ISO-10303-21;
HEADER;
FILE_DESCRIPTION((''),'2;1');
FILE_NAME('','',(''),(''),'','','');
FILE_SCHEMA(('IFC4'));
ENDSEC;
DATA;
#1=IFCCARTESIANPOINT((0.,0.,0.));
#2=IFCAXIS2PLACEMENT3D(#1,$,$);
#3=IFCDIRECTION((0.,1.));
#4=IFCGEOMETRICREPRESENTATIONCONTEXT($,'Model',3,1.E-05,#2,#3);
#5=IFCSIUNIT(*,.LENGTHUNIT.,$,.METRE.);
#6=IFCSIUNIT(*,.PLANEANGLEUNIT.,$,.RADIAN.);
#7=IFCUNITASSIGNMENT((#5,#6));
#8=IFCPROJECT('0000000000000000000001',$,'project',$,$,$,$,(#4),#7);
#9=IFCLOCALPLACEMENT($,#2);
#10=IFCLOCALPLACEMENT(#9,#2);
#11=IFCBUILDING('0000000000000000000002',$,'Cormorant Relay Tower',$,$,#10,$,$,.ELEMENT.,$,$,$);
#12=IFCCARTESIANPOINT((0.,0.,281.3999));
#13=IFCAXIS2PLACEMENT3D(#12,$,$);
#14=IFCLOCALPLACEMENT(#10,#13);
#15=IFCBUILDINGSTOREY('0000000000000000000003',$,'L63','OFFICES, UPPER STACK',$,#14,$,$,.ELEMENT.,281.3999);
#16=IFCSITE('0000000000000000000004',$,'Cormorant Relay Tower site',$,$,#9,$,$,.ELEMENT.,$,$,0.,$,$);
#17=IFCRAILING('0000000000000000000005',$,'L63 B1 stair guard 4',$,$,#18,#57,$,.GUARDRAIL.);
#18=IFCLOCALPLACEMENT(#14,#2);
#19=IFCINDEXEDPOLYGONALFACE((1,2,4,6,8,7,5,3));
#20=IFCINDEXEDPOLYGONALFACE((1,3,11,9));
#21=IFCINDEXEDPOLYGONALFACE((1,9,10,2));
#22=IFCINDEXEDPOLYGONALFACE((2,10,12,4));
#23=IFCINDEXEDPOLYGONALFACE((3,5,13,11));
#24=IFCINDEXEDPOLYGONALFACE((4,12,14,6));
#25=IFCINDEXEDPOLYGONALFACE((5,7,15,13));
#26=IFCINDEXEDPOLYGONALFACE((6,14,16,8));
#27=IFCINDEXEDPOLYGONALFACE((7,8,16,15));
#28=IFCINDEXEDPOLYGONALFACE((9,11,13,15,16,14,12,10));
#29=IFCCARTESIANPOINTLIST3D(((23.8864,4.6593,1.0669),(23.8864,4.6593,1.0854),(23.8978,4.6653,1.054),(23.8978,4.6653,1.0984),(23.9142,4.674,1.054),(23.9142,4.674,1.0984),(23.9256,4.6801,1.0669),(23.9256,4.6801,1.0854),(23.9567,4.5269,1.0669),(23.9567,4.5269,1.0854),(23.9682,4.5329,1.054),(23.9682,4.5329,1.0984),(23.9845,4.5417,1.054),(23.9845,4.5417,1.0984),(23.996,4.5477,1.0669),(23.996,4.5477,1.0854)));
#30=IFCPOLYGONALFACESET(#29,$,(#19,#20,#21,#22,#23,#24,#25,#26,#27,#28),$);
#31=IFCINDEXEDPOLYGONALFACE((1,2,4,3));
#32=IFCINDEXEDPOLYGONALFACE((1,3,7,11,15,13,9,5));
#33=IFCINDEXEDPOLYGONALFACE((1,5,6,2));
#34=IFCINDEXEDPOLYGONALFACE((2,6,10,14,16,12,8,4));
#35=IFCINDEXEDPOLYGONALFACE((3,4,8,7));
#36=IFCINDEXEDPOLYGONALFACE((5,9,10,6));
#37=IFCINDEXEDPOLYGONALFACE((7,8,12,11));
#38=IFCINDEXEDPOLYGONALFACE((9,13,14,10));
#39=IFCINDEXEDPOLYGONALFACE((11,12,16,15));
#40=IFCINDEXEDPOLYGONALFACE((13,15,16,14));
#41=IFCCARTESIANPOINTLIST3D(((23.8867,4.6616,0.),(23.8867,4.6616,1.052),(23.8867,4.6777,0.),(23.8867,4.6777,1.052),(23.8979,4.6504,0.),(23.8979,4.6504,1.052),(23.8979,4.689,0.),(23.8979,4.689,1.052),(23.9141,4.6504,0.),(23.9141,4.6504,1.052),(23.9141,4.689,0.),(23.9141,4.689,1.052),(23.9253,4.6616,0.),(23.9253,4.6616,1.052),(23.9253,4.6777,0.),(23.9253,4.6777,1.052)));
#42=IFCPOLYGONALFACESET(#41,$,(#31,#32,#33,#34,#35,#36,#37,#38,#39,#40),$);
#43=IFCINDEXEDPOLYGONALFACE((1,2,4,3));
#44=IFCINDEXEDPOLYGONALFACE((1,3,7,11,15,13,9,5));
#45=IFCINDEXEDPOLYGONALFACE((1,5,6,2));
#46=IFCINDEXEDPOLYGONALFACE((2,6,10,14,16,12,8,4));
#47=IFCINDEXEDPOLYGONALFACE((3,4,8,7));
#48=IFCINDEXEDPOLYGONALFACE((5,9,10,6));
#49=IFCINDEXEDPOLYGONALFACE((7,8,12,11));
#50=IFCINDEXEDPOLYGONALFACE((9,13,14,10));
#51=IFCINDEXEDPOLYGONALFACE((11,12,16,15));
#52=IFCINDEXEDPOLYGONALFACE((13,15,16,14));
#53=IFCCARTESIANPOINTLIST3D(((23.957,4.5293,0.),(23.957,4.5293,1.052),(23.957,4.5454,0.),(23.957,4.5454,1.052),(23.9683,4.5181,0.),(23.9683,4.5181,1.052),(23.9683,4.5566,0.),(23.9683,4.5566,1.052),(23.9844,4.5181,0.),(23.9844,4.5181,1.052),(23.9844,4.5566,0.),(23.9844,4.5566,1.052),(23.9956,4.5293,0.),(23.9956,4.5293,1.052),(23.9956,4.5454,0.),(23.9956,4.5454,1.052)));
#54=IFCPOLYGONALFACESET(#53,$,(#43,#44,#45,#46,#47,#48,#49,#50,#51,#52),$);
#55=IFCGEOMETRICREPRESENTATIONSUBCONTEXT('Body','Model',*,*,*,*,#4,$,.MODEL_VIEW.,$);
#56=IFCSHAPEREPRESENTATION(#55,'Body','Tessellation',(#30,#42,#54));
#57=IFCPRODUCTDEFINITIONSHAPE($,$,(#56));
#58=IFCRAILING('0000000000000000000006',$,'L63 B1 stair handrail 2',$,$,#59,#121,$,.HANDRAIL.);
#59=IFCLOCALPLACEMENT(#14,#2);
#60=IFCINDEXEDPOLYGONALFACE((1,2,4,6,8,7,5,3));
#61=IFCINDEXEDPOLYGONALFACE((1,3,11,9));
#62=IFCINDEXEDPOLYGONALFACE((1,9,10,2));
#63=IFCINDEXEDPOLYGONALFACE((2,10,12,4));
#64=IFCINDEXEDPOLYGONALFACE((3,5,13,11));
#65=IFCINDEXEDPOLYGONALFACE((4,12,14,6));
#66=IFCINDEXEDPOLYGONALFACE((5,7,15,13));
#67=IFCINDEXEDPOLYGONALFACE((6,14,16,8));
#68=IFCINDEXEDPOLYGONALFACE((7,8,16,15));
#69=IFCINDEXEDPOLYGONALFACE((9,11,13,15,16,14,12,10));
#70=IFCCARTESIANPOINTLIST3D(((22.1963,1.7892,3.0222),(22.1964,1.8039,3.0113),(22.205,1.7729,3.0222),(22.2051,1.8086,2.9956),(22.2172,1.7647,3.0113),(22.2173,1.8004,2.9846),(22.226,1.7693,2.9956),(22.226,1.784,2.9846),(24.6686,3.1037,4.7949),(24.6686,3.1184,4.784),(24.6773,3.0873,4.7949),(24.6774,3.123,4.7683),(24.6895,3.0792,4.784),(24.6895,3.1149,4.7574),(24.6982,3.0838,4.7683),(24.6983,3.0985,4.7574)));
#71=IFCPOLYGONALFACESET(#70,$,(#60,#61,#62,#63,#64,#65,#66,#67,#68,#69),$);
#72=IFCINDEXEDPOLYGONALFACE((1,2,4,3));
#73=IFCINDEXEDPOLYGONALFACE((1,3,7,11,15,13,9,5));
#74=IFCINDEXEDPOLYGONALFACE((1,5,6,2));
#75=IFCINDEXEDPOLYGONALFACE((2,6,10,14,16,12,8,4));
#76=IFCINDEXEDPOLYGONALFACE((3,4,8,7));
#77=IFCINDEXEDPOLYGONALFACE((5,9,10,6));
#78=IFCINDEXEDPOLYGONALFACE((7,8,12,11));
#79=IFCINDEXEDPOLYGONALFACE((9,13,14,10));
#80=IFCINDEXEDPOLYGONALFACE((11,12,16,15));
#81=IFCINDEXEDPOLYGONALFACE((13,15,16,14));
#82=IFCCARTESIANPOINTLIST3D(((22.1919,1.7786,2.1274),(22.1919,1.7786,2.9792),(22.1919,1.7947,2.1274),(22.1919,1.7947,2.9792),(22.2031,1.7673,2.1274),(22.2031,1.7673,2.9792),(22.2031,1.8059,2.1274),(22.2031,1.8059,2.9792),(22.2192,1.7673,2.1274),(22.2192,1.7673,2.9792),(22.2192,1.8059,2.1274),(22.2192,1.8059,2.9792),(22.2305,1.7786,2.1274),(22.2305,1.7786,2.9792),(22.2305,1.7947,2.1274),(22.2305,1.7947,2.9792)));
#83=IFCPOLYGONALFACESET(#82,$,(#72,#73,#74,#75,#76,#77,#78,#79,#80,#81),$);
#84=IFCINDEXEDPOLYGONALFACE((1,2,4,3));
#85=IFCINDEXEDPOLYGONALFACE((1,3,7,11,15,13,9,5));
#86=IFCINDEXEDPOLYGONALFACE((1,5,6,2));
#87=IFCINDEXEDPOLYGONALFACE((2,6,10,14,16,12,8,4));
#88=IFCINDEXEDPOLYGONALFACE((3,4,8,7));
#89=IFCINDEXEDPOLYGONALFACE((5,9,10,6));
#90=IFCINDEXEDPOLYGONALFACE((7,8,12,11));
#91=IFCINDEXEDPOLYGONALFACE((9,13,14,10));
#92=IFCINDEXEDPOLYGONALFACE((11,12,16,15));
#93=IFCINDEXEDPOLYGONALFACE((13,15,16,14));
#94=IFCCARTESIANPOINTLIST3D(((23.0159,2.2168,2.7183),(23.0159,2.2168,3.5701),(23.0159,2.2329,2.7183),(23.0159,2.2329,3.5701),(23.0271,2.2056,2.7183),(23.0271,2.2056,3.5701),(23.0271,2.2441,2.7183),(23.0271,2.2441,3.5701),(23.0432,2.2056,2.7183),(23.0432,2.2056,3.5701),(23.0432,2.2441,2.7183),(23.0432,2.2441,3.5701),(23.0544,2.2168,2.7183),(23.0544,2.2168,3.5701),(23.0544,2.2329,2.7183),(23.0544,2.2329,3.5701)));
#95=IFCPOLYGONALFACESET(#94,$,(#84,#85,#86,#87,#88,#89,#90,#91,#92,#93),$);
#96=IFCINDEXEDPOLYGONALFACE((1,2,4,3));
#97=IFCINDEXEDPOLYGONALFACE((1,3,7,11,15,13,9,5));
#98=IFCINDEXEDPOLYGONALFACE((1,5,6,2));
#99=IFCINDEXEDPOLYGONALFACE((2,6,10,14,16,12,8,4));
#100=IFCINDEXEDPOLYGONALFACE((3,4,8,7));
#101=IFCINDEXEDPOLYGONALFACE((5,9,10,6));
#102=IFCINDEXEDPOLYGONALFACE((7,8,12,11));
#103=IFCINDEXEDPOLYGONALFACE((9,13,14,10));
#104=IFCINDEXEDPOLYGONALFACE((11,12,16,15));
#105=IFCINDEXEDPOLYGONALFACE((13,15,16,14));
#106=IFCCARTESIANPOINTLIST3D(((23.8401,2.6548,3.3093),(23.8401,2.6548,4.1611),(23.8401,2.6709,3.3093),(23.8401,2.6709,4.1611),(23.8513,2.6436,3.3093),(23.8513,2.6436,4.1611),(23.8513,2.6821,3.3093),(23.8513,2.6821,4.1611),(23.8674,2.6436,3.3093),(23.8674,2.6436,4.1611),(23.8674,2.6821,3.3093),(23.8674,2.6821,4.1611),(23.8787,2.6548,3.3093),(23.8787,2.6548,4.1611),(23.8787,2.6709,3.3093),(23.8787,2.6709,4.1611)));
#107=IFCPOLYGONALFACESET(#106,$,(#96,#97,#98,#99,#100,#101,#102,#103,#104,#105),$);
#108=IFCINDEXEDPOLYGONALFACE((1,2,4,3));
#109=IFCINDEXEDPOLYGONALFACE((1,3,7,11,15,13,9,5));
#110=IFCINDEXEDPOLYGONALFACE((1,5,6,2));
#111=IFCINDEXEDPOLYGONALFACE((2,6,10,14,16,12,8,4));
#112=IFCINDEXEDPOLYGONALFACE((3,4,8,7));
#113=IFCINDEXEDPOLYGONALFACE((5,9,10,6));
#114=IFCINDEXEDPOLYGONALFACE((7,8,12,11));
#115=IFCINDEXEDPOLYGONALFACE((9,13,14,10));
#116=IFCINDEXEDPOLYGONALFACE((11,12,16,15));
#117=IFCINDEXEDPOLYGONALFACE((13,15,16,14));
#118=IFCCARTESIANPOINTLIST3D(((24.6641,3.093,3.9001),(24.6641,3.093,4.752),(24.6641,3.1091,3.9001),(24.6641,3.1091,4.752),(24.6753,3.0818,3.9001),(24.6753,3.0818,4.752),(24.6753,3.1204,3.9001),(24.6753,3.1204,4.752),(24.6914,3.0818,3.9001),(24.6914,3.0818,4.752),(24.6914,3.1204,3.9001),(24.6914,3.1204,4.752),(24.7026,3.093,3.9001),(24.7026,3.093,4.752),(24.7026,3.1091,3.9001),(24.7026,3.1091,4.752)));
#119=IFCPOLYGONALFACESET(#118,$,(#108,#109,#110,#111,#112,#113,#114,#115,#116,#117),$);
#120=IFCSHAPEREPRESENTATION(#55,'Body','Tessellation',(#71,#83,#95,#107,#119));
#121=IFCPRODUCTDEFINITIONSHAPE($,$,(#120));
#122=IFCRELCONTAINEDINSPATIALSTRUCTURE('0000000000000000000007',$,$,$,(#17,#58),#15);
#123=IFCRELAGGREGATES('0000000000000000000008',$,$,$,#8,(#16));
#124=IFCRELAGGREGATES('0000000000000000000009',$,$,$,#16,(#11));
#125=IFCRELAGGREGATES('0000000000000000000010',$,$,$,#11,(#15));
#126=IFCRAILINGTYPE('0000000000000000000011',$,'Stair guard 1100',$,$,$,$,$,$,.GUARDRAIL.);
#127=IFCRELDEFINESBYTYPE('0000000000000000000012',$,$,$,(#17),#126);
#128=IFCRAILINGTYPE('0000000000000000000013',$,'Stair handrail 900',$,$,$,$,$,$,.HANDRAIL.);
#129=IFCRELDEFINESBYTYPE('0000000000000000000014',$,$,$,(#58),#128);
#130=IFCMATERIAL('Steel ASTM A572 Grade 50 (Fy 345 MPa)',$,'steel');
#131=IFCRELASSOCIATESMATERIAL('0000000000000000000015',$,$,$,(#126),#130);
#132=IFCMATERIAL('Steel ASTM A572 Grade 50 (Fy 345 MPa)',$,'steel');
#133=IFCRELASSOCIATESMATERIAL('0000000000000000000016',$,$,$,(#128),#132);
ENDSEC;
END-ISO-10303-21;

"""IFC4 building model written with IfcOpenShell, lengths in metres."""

from ifc_helpers import new_model, si_unit, direction, frame, origin, place, context, subcontext, project, spatial, polyline, outline, extrude, material, type_object, element, save


model = new_model("IFC4")

# Units and contexts
model_context = context("Model", 3, precision=1e-05, world=origin(), true_north=direction((0.0, 1.0)))
body_context = subcontext(model_context, "Body", "Model", "MODEL_VIEW")
ifc_project = project(units=[si_unit("LENGTHUNIT", "METRE"), si_unit("PLANEANGLEUNIT", "RADIAN")], contexts=[model_context])

# Site, building, storey
site_placement = place(None, origin())
site = spatial("IfcSite", under=ifc_project, at=site_placement, Name="Cormorant Relay Tower site", CompositionType="ELEMENT", RefElevation=0.0)
building_placement = place(site_placement, origin())
building = spatial("IfcBuilding", under=site, at=building_placement, Name="Cormorant Relay Tower", CompositionType="ELEMENT")
storey_placement = place(building_placement, frame((0.0, 0.0, 281.3999)))
storey = spatial("IfcBuildingStorey", under=building, at=storey_placement, Name="L63", Description="OFFICES, UPPER STACK", CompositionType="ELEMENT", Elevation=281.3999)

# Railings
ifc_material_1 = material(Name="Steel ASTM A572 Grade 50 (Fy 345 MPa)", Category="steel")
railing_type_1 = type_object("IfcRailingType", Name="Stair guard 1100", PredefinedType="GUARDRAIL", material=ifc_material_1)
railing_1_placement = place(storey_placement, frame((23.906, 4.6697, 0.0)))
element("IfcRailing", 1, at=railing_1_placement, inside=storey, type_object=railing_type_1, Name="L63 B1 stair guard 4", PredefinedType="GUARDRAIL", context=body_context, shape_type="SweptSolid", body=[
    extrude(outline(polyline([(0.0222, 0.0093), (0.0093, 0.0222), (-0.0093, 0.0222), (-0.0222, 0.0093), (-0.0222, -0.0093), (-0.0093, -0.0222), (0.0093, -0.0222), (0.0222, -0.0093), (0.0222, 0.0093)])), frame((0.0, 0.0, 1.0762), z_axis=(0.469235, -0.883074, 0.0), x_axis=(0.883074, 0.469235, 0.0)), (0.0, 0.0, 1.0), 0.1499),
    extrude(outline(polyline([(0.0193, 0.0081), (0.0081, 0.0193), (-0.0081, 0.0193), (-0.0193, 0.0081), (-0.0193, -0.0081), (-0.0081, -0.0193), (0.0081, -0.0193), (0.0193, -0.0081), (0.0193, 0.0081)])), origin(), (0.0, 0.0, 1.0), 1.052),
    extrude(outline(polyline([(0.0193, 0.0081), (0.0081, 0.0193), (-0.0081, 0.0193), (-0.0193, 0.0081), (-0.0193, -0.0081), (-0.0081, -0.0193), (0.0081, -0.0193), (0.0193, -0.0081), (0.0193, 0.0081)])), frame((0.0703, -0.1323, 0.0)), (0.0, 0.0, 1.0), 1.052),
])
ifc_material_2 = material(Name="Steel ASTM A572 Grade 50 (Fy 345 MPa)", Category="steel")
railing_type_2 = type_object("IfcRailingType", Name="Stair handrail 900", PredefinedType="HANDRAIL", material=ifc_material_2)
railing_2_placement = place(storey_placement, frame((22.2112, 1.7866, 2.1274)))
element("IfcRailing", 2, at=railing_2_placement, inside=storey, type_object=railing_type_2, Name="L63 B1 stair handrail 2", PredefinedType="HANDRAIL", context=body_context, shape_type="SweptSolid", body=[
    extrude(outline(polyline([(0.0222, 0.0093), (0.0093, 0.0222), (-0.0093, 0.0222), (-0.0222, 0.0093), (-0.0222, -0.0093), (-0.0093, -0.0222), (0.0093, -0.0222), (0.0222, -0.0093), (0.0222, 0.0093)])), frame((0.0, 0.0, 0.876), z_axis=(0.746001, 0.396649, 0.534931), x_axis=(-0.469465, 0.882951, 0.0)), (0.0, 0.0, 1.0), 3.314),
    extrude(outline(polyline([(0.0193, 0.0081), (0.0081, 0.0193), (-0.0081, 0.0193), (-0.0193, 0.0081), (-0.0193, -0.0081), (-0.0081, -0.0193), (0.0081, -0.0193), (0.0193, -0.0081), (0.0193, 0.0081)])), origin(), (0.0, 0.0, 1.0), 0.8518),
    extrude(outline(polyline([(0.0193, 0.0081), (0.0081, 0.0193), (-0.0081, 0.0193), (-0.0193, 0.0081), (-0.0193, -0.0081), (-0.0081, -0.0193), (0.0081, -0.0193), (0.0193, -0.0081), (0.0193, 0.0081)])), frame((0.824, 0.4382, 0.5908)), (0.0, 0.0, 1.0), 0.8518),
    extrude(outline(polyline([(0.0193, 0.0081), (0.0081, 0.0193), (-0.0081, 0.0193), (-0.0193, 0.0081), (-0.0193, -0.0081), (-0.0081, -0.0193), (0.0081, -0.0193), (0.0193, -0.0081), (0.0193, 0.0081)])), frame((1.6482, 0.8762, 1.1819)), (0.0, 0.0, 1.0), 0.8518),
    extrude(outline(polyline([(0.0193, 0.0081), (0.0081, 0.0193), (-0.0081, 0.0193), (-0.0193, 0.0081), (-0.0193, -0.0081), (-0.0081, -0.0193), (0.0081, -0.0193), (0.0193, -0.0081), (0.0193, 0.0081)])), frame((2.4722, 1.3145, 1.7727)), (0.0, 0.0, 1.0), 0.8518),
])

save(model, "model.ifc")
